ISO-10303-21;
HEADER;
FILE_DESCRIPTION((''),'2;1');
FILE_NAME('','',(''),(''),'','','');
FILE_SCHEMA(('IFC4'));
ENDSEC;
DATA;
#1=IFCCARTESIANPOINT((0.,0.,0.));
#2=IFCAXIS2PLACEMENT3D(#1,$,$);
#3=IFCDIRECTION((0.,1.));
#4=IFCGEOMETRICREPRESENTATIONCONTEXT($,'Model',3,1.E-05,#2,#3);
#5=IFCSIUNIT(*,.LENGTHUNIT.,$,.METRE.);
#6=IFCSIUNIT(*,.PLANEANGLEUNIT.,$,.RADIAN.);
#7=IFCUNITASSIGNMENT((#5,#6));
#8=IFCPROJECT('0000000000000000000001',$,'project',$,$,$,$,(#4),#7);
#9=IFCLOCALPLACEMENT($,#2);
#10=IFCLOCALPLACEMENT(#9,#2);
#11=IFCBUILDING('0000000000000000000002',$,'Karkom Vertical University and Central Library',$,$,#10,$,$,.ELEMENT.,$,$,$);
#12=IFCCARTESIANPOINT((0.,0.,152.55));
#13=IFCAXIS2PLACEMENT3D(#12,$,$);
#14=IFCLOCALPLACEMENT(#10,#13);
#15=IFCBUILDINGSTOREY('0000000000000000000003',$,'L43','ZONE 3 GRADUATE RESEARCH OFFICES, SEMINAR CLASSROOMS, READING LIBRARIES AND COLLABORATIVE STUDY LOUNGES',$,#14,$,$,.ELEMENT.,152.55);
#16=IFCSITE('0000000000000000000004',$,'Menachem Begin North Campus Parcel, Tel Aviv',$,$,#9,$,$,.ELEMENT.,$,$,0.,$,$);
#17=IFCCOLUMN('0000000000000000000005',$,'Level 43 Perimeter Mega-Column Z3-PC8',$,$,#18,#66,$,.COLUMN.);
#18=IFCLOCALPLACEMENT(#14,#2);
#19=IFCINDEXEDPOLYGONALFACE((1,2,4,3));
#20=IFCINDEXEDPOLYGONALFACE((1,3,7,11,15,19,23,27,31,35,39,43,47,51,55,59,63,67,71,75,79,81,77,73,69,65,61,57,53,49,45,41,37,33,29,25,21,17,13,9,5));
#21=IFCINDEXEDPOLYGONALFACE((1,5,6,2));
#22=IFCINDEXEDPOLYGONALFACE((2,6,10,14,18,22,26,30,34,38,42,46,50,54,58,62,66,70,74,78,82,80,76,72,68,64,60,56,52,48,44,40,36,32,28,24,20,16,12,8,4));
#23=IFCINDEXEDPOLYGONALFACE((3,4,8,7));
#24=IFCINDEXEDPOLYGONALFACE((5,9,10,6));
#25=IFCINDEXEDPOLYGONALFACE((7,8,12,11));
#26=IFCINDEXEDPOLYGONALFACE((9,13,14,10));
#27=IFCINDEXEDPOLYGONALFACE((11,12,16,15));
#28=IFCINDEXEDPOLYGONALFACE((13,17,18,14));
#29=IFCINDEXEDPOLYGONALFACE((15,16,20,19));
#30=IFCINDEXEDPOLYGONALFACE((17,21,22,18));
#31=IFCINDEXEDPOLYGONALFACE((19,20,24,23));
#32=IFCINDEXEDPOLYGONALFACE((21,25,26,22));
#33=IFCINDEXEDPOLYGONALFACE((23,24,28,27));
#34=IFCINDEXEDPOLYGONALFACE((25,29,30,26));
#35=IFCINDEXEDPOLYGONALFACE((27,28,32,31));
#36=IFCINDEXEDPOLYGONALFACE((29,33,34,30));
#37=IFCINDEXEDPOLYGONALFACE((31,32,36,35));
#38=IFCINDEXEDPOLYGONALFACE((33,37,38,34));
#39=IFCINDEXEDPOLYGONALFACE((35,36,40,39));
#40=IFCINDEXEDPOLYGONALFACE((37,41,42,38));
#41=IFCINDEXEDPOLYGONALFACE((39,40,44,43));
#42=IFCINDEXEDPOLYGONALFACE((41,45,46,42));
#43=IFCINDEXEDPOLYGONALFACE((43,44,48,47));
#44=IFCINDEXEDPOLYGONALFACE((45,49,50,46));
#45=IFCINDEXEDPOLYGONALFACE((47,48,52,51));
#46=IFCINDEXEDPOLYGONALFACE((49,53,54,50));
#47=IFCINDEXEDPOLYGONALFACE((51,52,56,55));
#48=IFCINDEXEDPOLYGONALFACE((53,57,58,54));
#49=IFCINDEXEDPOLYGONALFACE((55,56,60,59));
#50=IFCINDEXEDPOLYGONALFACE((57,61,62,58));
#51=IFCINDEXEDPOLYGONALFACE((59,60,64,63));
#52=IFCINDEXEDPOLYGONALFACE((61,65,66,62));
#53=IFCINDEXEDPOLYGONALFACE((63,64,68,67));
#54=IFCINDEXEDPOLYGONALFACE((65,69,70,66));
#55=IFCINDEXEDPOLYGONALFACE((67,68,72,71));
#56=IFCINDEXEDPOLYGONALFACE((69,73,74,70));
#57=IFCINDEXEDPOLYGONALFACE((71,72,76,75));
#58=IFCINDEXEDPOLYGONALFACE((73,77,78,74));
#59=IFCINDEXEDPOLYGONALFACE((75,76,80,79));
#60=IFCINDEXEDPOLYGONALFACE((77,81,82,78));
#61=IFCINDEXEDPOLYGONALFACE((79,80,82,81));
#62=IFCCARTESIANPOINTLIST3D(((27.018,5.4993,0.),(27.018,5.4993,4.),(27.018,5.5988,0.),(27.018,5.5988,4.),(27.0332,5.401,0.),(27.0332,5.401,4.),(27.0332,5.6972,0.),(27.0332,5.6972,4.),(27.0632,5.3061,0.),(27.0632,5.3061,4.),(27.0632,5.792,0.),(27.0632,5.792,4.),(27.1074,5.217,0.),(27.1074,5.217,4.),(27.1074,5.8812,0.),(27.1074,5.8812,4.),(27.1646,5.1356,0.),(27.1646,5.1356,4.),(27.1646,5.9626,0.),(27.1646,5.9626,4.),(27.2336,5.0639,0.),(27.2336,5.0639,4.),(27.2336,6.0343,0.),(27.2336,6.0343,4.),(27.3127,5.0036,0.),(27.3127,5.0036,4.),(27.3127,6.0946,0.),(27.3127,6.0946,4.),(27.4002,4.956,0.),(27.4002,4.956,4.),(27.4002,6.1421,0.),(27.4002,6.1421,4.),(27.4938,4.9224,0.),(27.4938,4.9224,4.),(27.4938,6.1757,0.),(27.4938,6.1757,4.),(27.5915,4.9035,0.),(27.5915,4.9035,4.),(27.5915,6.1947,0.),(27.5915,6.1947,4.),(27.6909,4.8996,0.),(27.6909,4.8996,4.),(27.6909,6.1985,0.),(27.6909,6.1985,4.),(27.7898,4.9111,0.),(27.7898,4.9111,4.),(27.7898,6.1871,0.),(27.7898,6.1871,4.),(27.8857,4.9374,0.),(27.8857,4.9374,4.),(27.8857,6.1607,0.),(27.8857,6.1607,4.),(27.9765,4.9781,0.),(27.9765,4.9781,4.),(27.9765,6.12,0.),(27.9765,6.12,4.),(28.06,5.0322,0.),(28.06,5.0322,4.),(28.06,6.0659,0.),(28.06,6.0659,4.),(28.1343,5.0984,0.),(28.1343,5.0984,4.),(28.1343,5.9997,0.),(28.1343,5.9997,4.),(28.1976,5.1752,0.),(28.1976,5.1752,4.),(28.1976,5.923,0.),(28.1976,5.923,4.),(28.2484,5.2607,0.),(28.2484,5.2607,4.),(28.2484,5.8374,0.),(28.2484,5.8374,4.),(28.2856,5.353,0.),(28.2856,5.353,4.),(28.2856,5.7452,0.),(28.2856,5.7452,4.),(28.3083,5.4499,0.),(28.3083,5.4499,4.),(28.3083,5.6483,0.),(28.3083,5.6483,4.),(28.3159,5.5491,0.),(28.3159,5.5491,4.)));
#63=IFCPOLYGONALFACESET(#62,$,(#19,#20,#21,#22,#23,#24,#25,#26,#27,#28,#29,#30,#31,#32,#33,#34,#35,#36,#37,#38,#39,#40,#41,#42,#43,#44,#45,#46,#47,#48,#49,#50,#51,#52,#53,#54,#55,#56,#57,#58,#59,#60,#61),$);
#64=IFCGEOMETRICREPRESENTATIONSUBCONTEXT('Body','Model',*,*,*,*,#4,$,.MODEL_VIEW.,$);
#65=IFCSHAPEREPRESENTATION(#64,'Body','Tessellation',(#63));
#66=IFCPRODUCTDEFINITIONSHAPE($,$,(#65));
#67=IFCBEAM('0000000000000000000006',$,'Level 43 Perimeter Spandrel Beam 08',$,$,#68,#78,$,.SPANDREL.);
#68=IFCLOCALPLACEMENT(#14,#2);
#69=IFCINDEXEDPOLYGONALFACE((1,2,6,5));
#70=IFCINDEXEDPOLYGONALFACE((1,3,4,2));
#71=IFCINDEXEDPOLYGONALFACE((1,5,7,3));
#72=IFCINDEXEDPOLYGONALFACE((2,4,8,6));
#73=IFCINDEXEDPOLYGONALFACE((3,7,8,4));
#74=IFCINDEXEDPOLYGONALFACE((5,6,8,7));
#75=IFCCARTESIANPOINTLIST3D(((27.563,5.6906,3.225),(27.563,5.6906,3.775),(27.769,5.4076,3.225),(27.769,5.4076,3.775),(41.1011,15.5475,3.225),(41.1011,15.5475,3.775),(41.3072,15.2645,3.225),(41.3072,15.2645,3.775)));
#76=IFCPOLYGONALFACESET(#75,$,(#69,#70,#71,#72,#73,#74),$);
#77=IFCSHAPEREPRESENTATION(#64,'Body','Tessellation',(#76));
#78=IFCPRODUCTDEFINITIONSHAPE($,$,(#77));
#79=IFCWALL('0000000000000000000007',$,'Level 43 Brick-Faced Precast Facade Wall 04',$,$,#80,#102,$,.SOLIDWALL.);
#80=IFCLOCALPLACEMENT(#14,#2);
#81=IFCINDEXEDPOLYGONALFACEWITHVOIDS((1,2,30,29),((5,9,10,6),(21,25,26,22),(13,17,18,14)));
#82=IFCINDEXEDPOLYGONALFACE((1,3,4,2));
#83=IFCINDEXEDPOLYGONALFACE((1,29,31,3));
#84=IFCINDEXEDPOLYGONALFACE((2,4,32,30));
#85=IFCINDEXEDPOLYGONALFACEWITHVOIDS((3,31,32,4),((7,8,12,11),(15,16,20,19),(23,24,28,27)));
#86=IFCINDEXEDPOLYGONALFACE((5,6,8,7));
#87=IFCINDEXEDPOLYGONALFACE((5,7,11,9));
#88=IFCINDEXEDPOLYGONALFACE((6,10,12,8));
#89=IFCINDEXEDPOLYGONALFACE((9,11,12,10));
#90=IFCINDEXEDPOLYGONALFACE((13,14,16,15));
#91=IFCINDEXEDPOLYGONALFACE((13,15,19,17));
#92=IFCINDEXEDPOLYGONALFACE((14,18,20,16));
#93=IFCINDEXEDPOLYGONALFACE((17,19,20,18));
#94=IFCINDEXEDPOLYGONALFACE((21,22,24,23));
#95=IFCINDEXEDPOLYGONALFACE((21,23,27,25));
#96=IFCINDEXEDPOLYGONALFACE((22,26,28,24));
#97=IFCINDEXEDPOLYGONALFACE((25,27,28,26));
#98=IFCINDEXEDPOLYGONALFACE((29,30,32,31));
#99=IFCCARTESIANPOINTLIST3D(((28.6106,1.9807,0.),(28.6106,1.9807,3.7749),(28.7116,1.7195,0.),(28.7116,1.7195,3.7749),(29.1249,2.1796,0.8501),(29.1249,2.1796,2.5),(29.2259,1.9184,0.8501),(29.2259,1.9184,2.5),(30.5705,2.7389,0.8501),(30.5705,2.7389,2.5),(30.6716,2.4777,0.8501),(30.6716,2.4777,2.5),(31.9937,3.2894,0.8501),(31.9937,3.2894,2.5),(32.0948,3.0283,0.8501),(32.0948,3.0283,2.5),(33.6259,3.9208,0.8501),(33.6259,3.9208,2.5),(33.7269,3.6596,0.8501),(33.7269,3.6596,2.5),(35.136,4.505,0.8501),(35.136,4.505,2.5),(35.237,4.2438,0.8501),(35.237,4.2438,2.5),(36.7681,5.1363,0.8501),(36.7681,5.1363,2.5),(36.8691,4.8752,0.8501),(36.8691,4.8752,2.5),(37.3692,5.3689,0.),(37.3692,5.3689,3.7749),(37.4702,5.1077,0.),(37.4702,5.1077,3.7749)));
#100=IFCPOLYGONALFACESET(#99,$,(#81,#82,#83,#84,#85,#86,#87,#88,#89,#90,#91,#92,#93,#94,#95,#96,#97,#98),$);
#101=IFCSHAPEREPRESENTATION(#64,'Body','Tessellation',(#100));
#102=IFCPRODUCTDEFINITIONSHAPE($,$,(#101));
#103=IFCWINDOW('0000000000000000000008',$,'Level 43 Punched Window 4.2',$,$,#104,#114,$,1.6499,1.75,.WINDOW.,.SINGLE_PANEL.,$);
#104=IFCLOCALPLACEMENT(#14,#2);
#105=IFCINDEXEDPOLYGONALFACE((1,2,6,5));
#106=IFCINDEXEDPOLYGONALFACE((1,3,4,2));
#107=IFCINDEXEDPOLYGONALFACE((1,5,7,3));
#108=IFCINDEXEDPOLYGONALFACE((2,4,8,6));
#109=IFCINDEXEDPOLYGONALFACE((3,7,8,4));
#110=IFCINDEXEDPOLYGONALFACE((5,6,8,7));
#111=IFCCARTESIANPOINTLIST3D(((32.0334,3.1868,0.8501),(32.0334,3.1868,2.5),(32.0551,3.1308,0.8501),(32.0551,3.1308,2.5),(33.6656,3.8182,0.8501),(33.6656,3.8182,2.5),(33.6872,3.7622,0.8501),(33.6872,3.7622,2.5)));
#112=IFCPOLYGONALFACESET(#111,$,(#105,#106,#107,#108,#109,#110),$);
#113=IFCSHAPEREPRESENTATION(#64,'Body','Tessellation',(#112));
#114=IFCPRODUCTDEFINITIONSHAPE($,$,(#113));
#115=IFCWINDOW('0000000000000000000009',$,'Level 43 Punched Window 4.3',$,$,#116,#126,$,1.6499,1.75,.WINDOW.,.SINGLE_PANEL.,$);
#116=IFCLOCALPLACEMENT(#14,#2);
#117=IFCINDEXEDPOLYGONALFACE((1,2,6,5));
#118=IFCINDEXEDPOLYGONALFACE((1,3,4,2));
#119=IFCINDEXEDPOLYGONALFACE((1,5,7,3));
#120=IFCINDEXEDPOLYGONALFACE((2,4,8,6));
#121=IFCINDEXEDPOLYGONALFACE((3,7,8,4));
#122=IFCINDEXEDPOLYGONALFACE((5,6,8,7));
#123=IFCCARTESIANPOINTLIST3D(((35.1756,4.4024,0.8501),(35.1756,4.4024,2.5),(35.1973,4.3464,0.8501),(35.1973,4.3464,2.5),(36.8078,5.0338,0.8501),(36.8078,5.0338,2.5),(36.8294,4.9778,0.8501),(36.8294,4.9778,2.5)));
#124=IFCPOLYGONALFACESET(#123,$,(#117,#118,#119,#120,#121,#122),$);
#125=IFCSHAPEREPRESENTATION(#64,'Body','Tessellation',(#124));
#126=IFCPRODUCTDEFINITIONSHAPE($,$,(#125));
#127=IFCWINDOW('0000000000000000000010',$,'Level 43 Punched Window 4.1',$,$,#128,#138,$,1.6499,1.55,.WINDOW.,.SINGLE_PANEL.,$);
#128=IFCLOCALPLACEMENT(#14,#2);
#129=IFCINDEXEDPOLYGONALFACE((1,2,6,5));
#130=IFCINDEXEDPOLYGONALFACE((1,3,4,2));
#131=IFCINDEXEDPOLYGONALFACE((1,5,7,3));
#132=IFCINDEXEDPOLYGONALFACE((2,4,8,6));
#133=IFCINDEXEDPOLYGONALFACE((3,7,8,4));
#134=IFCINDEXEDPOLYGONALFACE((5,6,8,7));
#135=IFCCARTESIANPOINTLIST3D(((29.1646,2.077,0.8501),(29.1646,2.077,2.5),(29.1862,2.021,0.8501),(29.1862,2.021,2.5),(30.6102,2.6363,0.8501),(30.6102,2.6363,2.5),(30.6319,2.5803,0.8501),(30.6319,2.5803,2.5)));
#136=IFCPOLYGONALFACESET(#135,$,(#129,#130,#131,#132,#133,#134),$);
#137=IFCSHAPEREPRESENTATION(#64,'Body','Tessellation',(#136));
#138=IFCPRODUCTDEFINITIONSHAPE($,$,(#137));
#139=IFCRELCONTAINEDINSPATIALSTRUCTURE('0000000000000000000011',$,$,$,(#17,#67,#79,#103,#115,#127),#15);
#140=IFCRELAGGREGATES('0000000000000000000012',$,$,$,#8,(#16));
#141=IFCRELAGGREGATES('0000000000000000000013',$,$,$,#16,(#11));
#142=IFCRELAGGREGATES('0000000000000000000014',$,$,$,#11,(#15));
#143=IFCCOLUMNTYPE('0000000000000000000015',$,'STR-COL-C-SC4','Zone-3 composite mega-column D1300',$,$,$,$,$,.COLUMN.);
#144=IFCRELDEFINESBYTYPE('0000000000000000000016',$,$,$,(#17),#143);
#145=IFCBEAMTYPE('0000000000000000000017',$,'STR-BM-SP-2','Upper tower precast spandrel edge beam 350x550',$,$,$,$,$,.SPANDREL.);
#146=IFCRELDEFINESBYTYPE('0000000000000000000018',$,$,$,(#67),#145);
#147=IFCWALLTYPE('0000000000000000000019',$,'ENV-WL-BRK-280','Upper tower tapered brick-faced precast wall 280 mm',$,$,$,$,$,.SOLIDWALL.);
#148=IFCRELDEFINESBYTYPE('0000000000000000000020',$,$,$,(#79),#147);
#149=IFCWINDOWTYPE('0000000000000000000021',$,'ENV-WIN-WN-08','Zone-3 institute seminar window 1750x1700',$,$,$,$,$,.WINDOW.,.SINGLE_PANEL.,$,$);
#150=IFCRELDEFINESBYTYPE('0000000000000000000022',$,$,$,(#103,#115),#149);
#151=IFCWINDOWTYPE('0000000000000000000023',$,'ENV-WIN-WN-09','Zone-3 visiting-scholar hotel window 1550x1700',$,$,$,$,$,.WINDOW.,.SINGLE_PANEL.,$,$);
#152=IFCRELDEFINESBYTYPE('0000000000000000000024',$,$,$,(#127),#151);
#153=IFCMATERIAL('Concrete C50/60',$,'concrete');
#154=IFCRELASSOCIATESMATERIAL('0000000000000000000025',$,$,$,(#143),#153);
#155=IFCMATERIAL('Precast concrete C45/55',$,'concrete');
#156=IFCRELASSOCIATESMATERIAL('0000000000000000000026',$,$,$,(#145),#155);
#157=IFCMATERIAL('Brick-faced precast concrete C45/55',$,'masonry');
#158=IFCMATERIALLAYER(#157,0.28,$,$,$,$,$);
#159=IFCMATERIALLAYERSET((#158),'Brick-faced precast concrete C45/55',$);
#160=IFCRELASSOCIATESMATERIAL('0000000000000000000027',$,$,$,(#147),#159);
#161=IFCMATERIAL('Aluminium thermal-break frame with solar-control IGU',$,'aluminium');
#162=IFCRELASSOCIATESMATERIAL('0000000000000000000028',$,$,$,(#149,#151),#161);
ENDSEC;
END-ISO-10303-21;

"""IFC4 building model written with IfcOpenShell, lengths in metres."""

from ifc_helpers import new_model, si_unit, direction, frame, frame_2d, origin, origin_with_axes, origin_2d, place, context, subcontext, project, spatial, rectangle, circle, extrude, source, transform, mapped, material, layer, layer_set, material_profile, profile_set, type_object, element, fill, save


model = new_model("IFC4")

# Units and contexts
model_context = context("Model", 3, precision=1e-05, world=origin(), true_north=direction((0.0, 1.0)))
body_context = subcontext(model_context, "Body", "Model", "MODEL_VIEW")
ifc_project = project(units=[si_unit("LENGTHUNIT", "METRE"), si_unit("PLANEANGLEUNIT", "RADIAN")], contexts=[model_context])

# Site, building, storey
site_placement = place(None, origin())
site = spatial("IfcSite", under=ifc_project, at=site_placement, Name="Menachem Begin North Campus Parcel, Tel Aviv", CompositionType="ELEMENT", RefElevation=0.0)
building_placement = place(site_placement, origin())
building = spatial("IfcBuilding", under=site, at=building_placement, Name="Karkom Vertical University and Central Library", CompositionType="ELEMENT")
storey_placement = place(building_placement, frame((0.0, 0.0, 152.55)))
storey = spatial("IfcBuildingStorey", under=building, at=storey_placement, Name="L43", Description="ZONE 3 GRADUATE RESEARCH OFFICES, SEMINAR CLASSROOMS, READING LIBRARIES AND COLLABORATIVE STUDY LOUNGES", CompositionType="ELEMENT", Elevation=152.55)

# Column
ifc_material_1 = material(Name="Concrete C50/60", Category="concrete")
ifc_material_profile_1 = material_profile(ifc_material_1, circle(Radius=0.6499, at=origin_2d()), Name="CFT-D1300")
ifc_profile_set_1 = profile_set([ifc_material_profile_1], Name="Concrete C50/60")
column_type = type_object("IfcColumnType", Name="STR-COL-C-SC4", Description="Zone-3 composite mega-column D1300", PredefinedType="COLUMN", material=ifc_profile_set_1)
shared_shape_1 = source(origin_with_axes(), body_context, "Body", "SweptSolid", [
    extrude(circle(Radius=0.6499, at=origin_2d()), origin(), (0.0, 0.0, 1.0), 4.0),
])
column_placement = place(storey_placement, frame((27.666, 5.5491, 0.0), z_axis=(0.0, 0.0, 1.0), x_axis=(1.0, 0.0, 0.0)))
element("IfcColumn", 1, at=column_placement, inside=storey, type_object=column_type, Name="Level 43 Perimeter Mega-Column Z3-PC8", PredefinedType="COLUMN", context=body_context, shape_type="MappedRepresentation", body=[
    mapped(shared_shape_1, transform((0.0, 0.0, 0.0), scale=1.0)),
])

# Beam
ifc_material_2 = material(Name="Precast concrete C45/55", Category="concrete")
ifc_material_profile_2 = material_profile(ifc_material_2, rectangle(XDim=0.3501, YDim=0.55, at=origin_2d()), Name="SPB-350x550")
ifc_profile_set_2 = profile_set([ifc_material_profile_2], Name="Precast concrete C45/55")
beam_type = type_object("IfcBeamType", Name="STR-BM-SP-2", Description="Upper tower precast spandrel edge beam 350x550", PredefinedType="SPANDREL", material=ifc_profile_set_2)
shared_shape_2 = source(origin_with_axes(), body_context, "Body", "SweptSolid", [
    extrude(rectangle(XDim=0.3501, YDim=0.55, at=origin_2d()), origin(), (0.0, 0.0, 1.0), 16.7463),
])
beam_placement = place(storey_placement, frame((27.666, 5.5491, 3.5), z_axis=(0.808422, 0.588603, 0.0), x_axis=(-0.588603, 0.808422, 0.0)))
element("IfcBeam", 2, at=beam_placement, inside=storey, type_object=beam_type, Name="Level 43 Perimeter Spandrel Beam 08", PredefinedType="SPANDREL", context=body_context, shape_type="MappedRepresentation", body=[
    mapped(shared_shape_2, transform((0.0, 0.0, 0.0), scale=1.0)),
])

# Wall, openings, windows
ifc_material_3 = material(Name="Brick-faced precast concrete C45/55", Category="masonry")
ifc_layer_1 = layer(ifc_material_3, 0.28)
ifc_layer_set_1 = layer_set([ifc_layer_1], Name="Brick-faced precast concrete C45/55")
wall_type_1 = type_object("IfcWallType", Name="ENV-WL-BRK-280", Description="Upper tower tapered brick-faced precast wall 280 mm", PredefinedType="SOLIDWALL", material=ifc_layer_set_1)
wall_1_placement = place(storey_placement, frame((28.6611, 1.8501, 0.0), z_axis=(0.0, 0.0, 1.0), x_axis=(0.932648, 0.360788, 0.0)))
wall_1 = element("IfcWall", 3, at=wall_1_placement, inside=storey, type_object=wall_type_1, Name="Level 43 Brick-Faced Precast Facade Wall 04", PredefinedType="SOLIDWALL", context=body_context, shape_type="SweptSolid", body=[
    extrude(rectangle(XDim=9.3911, YDim=0.28, at=frame_2d((4.6956, 0.0))), origin(), (0.0, 0.0, 1.0), 3.7749),
])
opening_1_placement = place(wall_1_placement, frame((0.5515, 0.0, 0.8501)))
opening_1 = element("IfcOpeningElement", 4, at=opening_1_placement, cuts=wall_1, PredefinedType="OPENING", context=body_context, shape_type="SweptSolid", body=[
    extrude(rectangle(XDim=1.55, YDim=1.6499, at=frame_2d((0.7749, 0.825))), frame((0.0, 0.1499, 0.0), z_axis=(0.0, -1.0, 0.0), x_axis=(1.0, 0.0, 0.0)), (0.0, 0.0, 1.0), 0.3),
])
opening_2_placement = place(wall_1_placement, frame((3.6274, 0.0, 0.8501)))
opening_2 = element("IfcOpeningElement", 5, at=opening_2_placement, cuts=wall_1, PredefinedType="OPENING", context=body_context, shape_type="SweptSolid", body=[
    extrude(rectangle(XDim=1.75, YDim=1.6499, at=frame_2d((0.875, 0.825))), frame((0.0, 0.1499, 0.0), z_axis=(0.0, -1.0, 0.0), x_axis=(1.0, 0.0, 0.0)), (0.0, 0.0, 1.0), 0.3),
])
opening_3_placement = place(wall_1_placement, frame((6.9966, 0.0, 0.8501)))
opening_3 = element("IfcOpeningElement", 6, at=opening_3_placement, cuts=wall_1, PredefinedType="OPENING", context=body_context, shape_type="SweptSolid", body=[
    extrude(rectangle(XDim=1.75, YDim=1.6499, at=frame_2d((0.875, 0.825))), frame((0.0, 0.1499, 0.0), z_axis=(0.0, -1.0, 0.0), x_axis=(1.0, 0.0, 0.0)), (0.0, 0.0, 1.0), 0.3),
])
ifc_material_4 = material(Name="Aluminium thermal-break frame with solar-control IGU", Category="aluminium")
window_type_1 = type_object("IfcWindowType", Name="ENV-WIN-WN-08", Description="Zone-3 institute seminar window 1750x1700", PartitioningType="SINGLE_PANEL", PredefinedType="WINDOW", material=ifc_material_4)
shared_shape_3 = source(origin_with_axes(), body_context, "Body", "SweptSolid", [
    extrude(rectangle(XDim=1.75, YDim=1.6499, at=frame_2d((0.875, 0.825))), frame((0.0, 0.03, 0.0), z_axis=(0.0, -1.0, 0.0), x_axis=(1.0, 0.0, 0.0)), (0.0, 0.0, 1.0), 0.0601),
])
window_1_placement = place(opening_2_placement, origin())
window_1 = element("IfcWindow", 7, at=window_1_placement, inside=storey, type_object=window_type_1, Name="Level 43 Punched Window 4.2", OverallHeight=1.6499, OverallWidth=1.75, PartitioningType="SINGLE_PANEL", PredefinedType="WINDOW", context=body_context, shape_type="MappedRepresentation", body=[
    mapped(shared_shape_3, transform((0.0, 0.0, 0.0), scale=1.0)),
])
fill(opening_2, window_1)
window_2_placement = place(opening_3_placement, origin())
window_2 = element("IfcWindow", 8, at=window_2_placement, inside=storey, type_object=window_type_1, Name="Level 43 Punched Window 4.3", OverallHeight=1.6499, OverallWidth=1.75, PartitioningType="SINGLE_PANEL", PredefinedType="WINDOW", context=body_context, shape_type="MappedRepresentation", body=[
    mapped(shared_shape_3, transform((0.0, 0.0, 0.0), scale=1.0)),
])
fill(opening_3, window_2)
window_type_2 = type_object("IfcWindowType", Name="ENV-WIN-WN-09", Description="Zone-3 visiting-scholar hotel window 1550x1700", PartitioningType="SINGLE_PANEL", PredefinedType="WINDOW", material=ifc_material_4)
shared_shape_4 = source(origin_with_axes(), body_context, "Body", "SweptSolid", [
    extrude(rectangle(XDim=1.55, YDim=1.6499, at=frame_2d((0.7749, 0.825))), frame((0.0, 0.03, 0.0), z_axis=(0.0, -1.0, 0.0), x_axis=(1.0, 0.0, 0.0)), (0.0, 0.0, 1.0), 0.0601),
])
window_3_placement = place(opening_1_placement, origin())
window_3 = element("IfcWindow", 9, at=window_3_placement, inside=storey, type_object=window_type_2, Name="Level 43 Punched Window 4.1", OverallHeight=1.6499, OverallWidth=1.55, PartitioningType="SINGLE_PANEL", PredefinedType="WINDOW", context=body_context, shape_type="MappedRepresentation", body=[
    mapped(shared_shape_4, transform((0.0, 0.0, 0.0), scale=1.0)),
])
fill(opening_1, window_3)

save(model, "model.ifc")
